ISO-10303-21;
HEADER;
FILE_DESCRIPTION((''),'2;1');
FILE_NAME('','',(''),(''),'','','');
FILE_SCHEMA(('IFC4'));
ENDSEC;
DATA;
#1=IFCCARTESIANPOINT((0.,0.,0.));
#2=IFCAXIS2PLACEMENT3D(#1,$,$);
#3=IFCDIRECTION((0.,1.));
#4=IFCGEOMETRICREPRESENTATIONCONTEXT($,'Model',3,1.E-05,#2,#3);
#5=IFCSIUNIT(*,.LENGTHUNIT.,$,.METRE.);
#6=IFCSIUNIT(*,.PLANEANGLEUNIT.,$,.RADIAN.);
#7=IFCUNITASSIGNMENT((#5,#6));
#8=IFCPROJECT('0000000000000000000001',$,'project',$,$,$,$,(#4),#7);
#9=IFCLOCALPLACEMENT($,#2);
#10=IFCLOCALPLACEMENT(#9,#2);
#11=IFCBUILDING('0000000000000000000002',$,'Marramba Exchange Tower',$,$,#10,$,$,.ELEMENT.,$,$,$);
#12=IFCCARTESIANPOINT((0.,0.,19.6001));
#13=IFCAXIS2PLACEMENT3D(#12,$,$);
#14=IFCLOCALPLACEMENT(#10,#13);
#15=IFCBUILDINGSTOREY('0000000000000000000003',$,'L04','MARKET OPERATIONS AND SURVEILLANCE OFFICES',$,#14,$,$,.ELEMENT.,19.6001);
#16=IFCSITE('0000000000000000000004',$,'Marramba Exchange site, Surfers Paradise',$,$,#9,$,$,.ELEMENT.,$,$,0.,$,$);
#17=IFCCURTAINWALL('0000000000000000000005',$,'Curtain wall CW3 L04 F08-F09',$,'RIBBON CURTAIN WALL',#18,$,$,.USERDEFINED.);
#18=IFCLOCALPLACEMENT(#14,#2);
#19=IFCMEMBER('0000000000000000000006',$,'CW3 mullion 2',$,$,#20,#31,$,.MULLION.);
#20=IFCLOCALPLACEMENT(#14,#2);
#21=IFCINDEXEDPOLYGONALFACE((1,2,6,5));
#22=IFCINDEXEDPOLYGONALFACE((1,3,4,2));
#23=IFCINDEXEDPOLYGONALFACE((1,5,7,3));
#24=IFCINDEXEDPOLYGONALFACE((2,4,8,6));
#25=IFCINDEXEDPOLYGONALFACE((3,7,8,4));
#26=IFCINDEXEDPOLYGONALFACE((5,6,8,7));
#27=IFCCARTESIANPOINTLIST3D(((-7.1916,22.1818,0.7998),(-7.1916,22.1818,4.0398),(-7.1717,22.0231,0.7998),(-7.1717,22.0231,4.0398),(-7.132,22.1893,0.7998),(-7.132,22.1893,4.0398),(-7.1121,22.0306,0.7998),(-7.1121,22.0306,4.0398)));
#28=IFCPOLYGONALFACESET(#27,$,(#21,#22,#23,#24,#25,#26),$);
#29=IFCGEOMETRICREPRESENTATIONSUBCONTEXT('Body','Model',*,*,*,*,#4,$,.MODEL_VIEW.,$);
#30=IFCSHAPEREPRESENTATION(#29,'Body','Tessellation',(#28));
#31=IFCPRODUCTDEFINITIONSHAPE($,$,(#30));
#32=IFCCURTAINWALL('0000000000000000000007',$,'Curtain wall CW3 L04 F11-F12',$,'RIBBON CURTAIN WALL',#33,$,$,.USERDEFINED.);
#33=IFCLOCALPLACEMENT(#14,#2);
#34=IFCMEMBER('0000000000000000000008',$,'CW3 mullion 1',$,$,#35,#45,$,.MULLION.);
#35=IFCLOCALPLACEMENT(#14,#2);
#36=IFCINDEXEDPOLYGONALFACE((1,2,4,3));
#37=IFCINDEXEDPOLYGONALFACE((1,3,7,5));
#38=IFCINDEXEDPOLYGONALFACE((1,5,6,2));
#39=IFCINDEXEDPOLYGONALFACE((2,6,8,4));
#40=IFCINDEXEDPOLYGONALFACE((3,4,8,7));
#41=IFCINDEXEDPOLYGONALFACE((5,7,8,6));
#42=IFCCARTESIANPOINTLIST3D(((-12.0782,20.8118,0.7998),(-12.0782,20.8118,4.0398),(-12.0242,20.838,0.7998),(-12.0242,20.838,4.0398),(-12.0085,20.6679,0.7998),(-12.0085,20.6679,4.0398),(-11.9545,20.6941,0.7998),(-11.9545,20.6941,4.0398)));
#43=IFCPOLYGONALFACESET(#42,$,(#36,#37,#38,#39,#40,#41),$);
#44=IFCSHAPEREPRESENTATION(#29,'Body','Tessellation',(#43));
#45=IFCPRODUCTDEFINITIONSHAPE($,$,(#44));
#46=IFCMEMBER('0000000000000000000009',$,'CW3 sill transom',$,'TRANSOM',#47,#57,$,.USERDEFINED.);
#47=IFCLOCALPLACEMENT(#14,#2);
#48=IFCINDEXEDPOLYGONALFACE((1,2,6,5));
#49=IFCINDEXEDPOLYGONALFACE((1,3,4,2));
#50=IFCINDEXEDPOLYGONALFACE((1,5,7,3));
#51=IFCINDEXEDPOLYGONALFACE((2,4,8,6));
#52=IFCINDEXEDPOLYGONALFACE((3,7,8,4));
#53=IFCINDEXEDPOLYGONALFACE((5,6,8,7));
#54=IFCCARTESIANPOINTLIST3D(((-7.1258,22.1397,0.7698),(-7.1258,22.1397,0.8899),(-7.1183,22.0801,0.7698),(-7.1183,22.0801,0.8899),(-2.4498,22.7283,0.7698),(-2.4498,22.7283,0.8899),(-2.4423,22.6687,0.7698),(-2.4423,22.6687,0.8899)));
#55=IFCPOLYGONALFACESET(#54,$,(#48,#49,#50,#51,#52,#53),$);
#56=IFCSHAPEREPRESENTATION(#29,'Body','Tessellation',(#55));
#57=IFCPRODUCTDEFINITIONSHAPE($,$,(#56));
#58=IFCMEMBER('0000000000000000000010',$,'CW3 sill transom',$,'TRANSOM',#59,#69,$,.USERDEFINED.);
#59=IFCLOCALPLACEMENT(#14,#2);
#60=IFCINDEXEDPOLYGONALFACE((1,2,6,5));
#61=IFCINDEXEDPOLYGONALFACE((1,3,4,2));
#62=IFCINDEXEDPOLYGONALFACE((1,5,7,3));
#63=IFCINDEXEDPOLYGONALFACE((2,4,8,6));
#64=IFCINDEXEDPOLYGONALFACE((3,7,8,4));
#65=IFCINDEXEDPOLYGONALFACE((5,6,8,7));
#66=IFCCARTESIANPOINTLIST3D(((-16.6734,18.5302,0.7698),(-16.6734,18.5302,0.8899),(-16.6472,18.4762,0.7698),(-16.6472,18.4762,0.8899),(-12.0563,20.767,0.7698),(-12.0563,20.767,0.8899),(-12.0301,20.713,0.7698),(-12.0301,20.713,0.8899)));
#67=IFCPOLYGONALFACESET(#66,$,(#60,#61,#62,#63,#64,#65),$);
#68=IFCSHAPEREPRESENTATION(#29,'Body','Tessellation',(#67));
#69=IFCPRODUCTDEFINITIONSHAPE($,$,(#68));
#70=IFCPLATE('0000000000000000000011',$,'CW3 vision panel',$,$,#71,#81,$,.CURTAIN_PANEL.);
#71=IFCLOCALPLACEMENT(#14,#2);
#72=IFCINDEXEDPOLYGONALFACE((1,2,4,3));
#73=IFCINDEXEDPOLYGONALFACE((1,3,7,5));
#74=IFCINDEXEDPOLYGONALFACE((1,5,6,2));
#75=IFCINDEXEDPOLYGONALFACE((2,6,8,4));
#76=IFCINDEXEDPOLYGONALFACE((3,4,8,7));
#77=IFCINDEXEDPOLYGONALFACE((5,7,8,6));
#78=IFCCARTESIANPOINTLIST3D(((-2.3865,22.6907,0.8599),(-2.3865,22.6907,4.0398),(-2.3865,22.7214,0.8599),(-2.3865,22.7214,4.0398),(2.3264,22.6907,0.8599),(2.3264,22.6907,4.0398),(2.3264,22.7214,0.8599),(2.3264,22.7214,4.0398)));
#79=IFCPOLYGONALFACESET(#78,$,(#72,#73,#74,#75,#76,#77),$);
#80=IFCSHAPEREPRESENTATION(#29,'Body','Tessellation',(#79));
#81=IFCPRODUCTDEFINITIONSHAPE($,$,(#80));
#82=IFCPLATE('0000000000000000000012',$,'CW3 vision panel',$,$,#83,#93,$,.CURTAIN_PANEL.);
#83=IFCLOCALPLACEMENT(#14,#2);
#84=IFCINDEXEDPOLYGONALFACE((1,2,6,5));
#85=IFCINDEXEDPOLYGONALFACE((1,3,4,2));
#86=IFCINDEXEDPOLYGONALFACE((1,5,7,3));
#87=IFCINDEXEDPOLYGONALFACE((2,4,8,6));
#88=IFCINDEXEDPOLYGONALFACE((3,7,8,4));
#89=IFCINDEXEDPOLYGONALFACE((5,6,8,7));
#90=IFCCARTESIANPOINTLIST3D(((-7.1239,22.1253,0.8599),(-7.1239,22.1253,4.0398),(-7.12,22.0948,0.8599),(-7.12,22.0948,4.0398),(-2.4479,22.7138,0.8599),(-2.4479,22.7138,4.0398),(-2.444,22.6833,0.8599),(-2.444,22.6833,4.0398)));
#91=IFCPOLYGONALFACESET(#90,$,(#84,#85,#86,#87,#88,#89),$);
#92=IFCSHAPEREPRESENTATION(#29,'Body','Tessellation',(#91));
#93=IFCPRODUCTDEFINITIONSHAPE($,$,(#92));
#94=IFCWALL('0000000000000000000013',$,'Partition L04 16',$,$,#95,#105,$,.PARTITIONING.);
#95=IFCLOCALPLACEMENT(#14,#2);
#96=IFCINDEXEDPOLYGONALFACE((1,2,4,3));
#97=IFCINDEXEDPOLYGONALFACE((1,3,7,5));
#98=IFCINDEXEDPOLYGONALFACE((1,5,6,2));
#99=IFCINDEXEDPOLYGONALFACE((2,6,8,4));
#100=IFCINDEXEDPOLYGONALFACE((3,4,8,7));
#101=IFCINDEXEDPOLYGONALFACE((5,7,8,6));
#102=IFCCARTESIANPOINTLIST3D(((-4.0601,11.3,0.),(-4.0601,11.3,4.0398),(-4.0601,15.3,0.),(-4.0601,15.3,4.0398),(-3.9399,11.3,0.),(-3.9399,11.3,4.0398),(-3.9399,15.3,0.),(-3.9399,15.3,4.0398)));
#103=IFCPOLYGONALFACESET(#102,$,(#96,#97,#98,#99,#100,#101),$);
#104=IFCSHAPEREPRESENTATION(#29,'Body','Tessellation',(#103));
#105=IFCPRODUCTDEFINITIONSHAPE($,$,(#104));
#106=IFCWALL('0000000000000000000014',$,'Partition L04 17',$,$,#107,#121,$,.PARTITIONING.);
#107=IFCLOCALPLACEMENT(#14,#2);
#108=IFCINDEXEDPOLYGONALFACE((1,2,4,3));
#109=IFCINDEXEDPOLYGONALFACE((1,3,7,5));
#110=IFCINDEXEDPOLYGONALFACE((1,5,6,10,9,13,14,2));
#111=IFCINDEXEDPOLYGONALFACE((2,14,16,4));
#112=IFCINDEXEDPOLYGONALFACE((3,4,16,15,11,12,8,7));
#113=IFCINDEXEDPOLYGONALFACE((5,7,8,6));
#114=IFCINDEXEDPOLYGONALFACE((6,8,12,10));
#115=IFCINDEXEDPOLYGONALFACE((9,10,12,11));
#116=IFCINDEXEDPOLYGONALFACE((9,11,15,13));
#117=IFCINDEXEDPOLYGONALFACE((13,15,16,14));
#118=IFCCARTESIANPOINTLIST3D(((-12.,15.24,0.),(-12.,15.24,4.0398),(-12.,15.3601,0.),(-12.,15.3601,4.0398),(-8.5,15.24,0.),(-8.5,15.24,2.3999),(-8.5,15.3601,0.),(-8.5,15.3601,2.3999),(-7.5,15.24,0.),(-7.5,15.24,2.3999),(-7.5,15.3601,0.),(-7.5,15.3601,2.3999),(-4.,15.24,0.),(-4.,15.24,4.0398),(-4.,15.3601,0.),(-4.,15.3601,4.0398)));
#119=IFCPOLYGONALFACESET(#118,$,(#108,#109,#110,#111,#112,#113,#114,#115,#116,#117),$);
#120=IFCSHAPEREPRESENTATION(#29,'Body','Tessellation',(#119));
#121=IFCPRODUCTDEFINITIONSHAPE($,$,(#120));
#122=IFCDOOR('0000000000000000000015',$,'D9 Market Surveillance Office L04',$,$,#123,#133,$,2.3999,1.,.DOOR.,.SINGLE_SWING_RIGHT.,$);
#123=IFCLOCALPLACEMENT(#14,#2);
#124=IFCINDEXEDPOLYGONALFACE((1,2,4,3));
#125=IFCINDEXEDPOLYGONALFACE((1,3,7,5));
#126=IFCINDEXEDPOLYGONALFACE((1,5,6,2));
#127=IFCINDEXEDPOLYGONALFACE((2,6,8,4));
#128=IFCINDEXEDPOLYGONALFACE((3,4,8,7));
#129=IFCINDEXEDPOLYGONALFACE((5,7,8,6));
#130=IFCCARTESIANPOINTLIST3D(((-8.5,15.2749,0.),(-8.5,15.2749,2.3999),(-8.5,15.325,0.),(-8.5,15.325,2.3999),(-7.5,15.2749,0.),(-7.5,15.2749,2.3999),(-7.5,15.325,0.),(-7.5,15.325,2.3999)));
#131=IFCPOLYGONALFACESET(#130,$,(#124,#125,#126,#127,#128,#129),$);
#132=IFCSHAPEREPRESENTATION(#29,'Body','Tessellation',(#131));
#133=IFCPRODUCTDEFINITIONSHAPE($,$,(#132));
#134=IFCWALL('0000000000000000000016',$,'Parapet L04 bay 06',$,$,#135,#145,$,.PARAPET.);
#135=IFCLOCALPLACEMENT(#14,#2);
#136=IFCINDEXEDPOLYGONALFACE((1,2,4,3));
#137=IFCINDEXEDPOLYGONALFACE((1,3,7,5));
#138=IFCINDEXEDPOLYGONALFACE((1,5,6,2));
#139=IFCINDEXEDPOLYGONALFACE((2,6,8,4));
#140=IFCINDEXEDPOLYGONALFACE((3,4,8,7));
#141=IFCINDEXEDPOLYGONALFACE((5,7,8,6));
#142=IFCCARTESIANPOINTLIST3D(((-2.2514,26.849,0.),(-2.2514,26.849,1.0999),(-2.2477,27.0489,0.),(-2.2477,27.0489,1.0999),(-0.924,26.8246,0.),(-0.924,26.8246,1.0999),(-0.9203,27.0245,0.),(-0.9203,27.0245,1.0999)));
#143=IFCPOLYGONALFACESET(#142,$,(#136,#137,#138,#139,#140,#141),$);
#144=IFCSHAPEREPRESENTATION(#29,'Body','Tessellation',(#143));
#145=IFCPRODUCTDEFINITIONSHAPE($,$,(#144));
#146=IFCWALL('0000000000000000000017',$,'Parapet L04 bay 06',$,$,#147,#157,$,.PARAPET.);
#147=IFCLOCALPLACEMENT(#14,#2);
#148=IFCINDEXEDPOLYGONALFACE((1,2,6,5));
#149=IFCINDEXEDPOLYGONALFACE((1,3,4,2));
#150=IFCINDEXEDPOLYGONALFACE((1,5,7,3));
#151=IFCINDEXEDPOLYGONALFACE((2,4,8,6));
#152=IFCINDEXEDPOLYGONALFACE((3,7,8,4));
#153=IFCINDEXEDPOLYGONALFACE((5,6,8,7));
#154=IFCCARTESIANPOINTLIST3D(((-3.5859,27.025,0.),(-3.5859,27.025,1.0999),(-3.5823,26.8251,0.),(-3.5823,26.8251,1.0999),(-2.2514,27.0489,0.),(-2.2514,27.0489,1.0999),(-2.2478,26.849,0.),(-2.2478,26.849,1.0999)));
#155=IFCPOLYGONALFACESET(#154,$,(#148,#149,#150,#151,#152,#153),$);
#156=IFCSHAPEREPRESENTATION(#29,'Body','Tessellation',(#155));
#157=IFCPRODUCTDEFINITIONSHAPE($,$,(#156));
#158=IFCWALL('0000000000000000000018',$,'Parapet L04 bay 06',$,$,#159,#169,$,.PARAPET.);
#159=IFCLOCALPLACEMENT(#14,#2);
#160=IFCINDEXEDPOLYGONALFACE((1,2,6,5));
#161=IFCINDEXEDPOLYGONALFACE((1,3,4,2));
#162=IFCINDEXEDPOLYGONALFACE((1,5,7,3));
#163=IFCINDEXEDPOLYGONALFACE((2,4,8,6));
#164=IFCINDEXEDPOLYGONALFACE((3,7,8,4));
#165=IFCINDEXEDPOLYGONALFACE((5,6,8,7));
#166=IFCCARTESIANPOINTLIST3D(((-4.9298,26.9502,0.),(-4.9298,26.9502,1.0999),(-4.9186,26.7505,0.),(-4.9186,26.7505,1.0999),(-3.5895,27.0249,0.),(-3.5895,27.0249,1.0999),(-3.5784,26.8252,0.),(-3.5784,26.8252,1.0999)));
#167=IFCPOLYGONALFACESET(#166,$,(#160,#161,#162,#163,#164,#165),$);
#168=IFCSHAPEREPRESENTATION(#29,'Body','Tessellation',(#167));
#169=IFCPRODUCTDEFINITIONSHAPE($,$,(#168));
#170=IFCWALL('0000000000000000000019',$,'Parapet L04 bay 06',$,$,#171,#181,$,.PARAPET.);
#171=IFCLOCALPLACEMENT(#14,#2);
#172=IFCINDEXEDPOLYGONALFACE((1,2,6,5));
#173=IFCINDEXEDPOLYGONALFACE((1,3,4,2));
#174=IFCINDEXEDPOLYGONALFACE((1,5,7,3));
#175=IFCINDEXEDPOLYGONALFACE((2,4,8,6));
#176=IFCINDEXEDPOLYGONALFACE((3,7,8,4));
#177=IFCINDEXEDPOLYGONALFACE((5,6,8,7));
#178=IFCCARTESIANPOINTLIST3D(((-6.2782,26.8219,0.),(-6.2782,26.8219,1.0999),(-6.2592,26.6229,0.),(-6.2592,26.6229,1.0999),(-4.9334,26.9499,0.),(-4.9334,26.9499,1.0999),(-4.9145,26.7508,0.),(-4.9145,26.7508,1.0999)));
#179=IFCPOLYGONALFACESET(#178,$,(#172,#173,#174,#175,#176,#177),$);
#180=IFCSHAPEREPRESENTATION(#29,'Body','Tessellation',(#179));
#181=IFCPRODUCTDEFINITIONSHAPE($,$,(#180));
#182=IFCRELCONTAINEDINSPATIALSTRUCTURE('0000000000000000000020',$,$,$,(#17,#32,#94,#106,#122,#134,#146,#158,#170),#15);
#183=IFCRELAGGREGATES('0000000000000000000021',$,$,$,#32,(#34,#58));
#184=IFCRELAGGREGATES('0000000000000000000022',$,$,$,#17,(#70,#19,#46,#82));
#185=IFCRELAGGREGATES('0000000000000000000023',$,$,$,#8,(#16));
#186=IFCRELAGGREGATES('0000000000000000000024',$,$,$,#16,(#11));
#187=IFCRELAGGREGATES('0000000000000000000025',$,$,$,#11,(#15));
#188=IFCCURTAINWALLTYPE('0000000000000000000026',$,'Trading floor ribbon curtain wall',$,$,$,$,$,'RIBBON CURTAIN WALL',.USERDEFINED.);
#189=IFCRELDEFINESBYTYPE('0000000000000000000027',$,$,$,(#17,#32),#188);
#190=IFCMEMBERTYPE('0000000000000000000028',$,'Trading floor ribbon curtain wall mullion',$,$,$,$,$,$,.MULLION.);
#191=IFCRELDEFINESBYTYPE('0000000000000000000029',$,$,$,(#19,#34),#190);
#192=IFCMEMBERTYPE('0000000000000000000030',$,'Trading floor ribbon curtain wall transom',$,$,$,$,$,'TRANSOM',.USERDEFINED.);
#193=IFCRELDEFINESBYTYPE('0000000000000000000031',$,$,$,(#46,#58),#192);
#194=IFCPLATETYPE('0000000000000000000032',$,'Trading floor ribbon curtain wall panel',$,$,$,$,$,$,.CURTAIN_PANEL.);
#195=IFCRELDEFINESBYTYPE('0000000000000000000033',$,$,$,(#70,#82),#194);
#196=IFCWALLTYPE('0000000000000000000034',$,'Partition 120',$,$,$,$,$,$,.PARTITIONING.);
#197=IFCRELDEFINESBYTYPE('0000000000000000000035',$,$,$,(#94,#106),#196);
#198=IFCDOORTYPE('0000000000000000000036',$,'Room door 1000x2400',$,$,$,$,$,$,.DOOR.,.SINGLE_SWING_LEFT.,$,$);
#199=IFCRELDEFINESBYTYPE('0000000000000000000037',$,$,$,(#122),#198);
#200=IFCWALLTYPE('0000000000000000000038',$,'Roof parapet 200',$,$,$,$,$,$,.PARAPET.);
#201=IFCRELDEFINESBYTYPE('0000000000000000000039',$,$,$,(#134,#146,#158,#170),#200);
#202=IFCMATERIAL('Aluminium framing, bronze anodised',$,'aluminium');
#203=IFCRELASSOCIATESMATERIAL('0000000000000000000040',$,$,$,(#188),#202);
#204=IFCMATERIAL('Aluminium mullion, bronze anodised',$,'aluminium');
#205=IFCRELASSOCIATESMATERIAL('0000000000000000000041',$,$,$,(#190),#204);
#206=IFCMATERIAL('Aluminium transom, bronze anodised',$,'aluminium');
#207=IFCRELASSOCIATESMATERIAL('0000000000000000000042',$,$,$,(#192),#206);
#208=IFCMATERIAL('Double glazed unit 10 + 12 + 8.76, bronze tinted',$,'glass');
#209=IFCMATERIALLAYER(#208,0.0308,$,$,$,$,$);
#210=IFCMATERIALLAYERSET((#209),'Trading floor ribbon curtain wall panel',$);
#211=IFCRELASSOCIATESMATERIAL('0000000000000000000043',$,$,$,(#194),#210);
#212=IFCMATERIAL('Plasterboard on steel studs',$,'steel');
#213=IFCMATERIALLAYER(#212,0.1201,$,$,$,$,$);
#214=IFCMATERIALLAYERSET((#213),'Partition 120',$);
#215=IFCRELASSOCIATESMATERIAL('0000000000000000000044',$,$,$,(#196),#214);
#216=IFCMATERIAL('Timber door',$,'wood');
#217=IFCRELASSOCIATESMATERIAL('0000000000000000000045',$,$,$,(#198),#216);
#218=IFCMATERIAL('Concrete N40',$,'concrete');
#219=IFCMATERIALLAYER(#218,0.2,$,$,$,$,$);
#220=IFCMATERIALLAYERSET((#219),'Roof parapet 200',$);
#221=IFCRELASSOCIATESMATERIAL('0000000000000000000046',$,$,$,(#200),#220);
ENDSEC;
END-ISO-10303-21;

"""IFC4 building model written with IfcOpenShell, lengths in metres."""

from ifc_helpers import new_model, si_unit, direction, frame, frame_2d, origin, origin_2d, place, context, subcontext, project, spatial, rectangle, extrude, material, layer, layer_set, material_profile, profile_set, type_object, element, fill, aggregate, save


model = new_model("IFC4")

# Units and contexts
model_context = context("Model", 3, precision=1e-05, world=origin(), true_north=direction((0.0, 1.0)))
body_context = subcontext(model_context, "Body", "Model", "MODEL_VIEW")
ifc_project = project(units=[si_unit("LENGTHUNIT", "METRE"), si_unit("PLANEANGLEUNIT", "RADIAN")], contexts=[model_context])

# Site, building, storey
site_placement = place(None, origin())
site = spatial("IfcSite", under=ifc_project, at=site_placement, Name="Marramba Exchange site, Surfers Paradise", CompositionType="ELEMENT", RefElevation=0.0)
building_placement = place(site_placement, origin())
building = spatial("IfcBuilding", under=site, at=building_placement, Name="Marramba Exchange Tower", CompositionType="ELEMENT")
storey_placement = place(building_placement, frame((0.0, 0.0, 19.6001)))
storey = spatial("IfcBuildingStorey", under=building, at=storey_placement, Name="L04", Description="MARKET OPERATIONS AND SURVEILLANCE OFFICES", CompositionType="ELEMENT", Elevation=19.6001)

# Curtain wall, member
ifc_material_1 = material(Name="Aluminium framing, bronze anodised", Category="aluminium")
curtain_wall_type = type_object("IfcCurtainWallType", Name="Trading floor ribbon curtain wall", ElementType="RIBBON CURTAIN WALL", PredefinedType="USERDEFINED", material=ifc_material_1)
curtain_wall_1_placement = place(storey_placement, origin())
curtain_wall_1 = element("IfcCurtainWall", 1, at=curtain_wall_1_placement, inside=storey, type_object=curtain_wall_type, Name="Curtain wall CW3 L04 F08-F09", ObjectType="RIBBON CURTAIN WALL", PredefinedType="USERDEFINED")
ifc_material_2 = material(Name="Aluminium mullion, bronze anodised", Category="aluminium")
ifc_material_profile_1 = material_profile(ifc_material_2, rectangle(XDim=0.1599, YDim=0.0601, at=origin_2d()), Name="CW3 mullion 60x160")
ifc_profile_set_1 = profile_set([ifc_material_profile_1], Name="Aluminium mullion, bronze anodised")
member_type_1 = type_object("IfcMemberType", Name="Trading floor ribbon curtain wall mullion", PredefinedType="MULLION", material=ifc_profile_set_1)
member_1_placement = place(storey_placement, frame((-7.1519, 22.1062, 0.7998), z_axis=(0.0, 0.0, 1.0), x_axis=(0.124873, -0.992173, 0.0)))
member_1 = element("IfcMember", 2, at=member_1_placement, type_object=member_type_1, Name="CW3 mullion 2", PredefinedType="MULLION", context=body_context, shape_type="SweptSolid", body=[
    extrude(rectangle(XDim=0.1599, YDim=0.0601, at=origin_2d()), origin(), (0.0, 0.0, 1.0), 3.24),
])

# Curtain wall, member
curtain_wall_2_placement = place(storey_placement, origin())
curtain_wall_2 = element("IfcCurtainWall", 3, at=curtain_wall_2_placement, inside=storey, type_object=curtain_wall_type, Name="Curtain wall CW3 L04 F11-F12", ObjectType="RIBBON CURTAIN WALL", PredefinedType="USERDEFINED")
member_2_placement = place(storey_placement, frame((-12.0164, 20.7529, 0.7998), z_axis=(0.0, 0.0, 1.0), x_axis=(0.435965, -0.899963, 0.0)))
member_2 = element("IfcMember", 4, at=member_2_placement, type_object=member_type_1, Name="CW3 mullion 1", PredefinedType="MULLION", context=body_context, shape_type="SweptSolid", body=[
    extrude(rectangle(XDim=0.1599, YDim=0.0601, at=origin_2d()), origin(), (0.0, 0.0, 1.0), 3.24),
])

# Members
ifc_material_3 = material(Name="Aluminium transom, bronze anodised", Category="aluminium")
ifc_material_profile_2 = material_profile(ifc_material_3, rectangle(XDim=0.0601, YDim=0.1201, at=origin_2d()), Name="CW3 transom 60x120")
ifc_profile_set_2 = profile_set([ifc_material_profile_2], Name="Aluminium transom, bronze anodised")
member_type_2 = type_object("IfcMemberType", Name="Trading floor ribbon curtain wall transom", ElementType="TRANSOM", PredefinedType="USERDEFINED", material=ifc_profile_set_2)
member_3_placement = place(storey_placement, frame((-2.446, 22.6985, 0.8298), z_axis=(-0.99217, -0.124895, 0.0), x_axis=(0.124895, -0.99217, 0.0)))
member_3 = element("IfcMember", 5, at=member_3_placement, type_object=member_type_2, Name="CW3 sill transom", ObjectType="TRANSOM", PredefinedType="USERDEFINED", context=body_context, shape_type="SweptSolid", body=[
    extrude(rectangle(XDim=0.0601, YDim=0.1201, at=origin_2d()), origin(), (0.0, 0.0, 1.0), 4.7129),
])
member_4_placement = place(storey_placement, frame((-12.0432, 20.74, 0.8298), z_axis=(-0.899953, -0.435986, 0.0), x_axis=(0.435986, -0.899953, 0.0)))
member_4 = element("IfcMember", 6, at=member_4_placement, type_object=member_type_2, Name="CW3 sill transom", ObjectType="TRANSOM", PredefinedType="USERDEFINED", context=body_context, shape_type="SweptSolid", body=[
    extrude(rectangle(XDim=0.0601, YDim=0.1201, at=origin_2d()), origin(), (0.0, 0.0, 1.0), 5.1304),
])
aggregate(curtain_wall_2, [member_2, member_4])

# Plates
ifc_material_4 = material(Name="Double glazed unit 10 + 12 + 8.76, bronze tinted", Category="glass")
ifc_layer_1 = layer(ifc_material_4, 0.0308)
ifc_layer_set_1 = layer_set([ifc_layer_1], Name="Trading floor ribbon curtain wall panel")
plate_type = type_object("IfcPlateType", Name="Trading floor ribbon curtain wall panel", PredefinedType="CURTAIN_PANEL", material=ifc_layer_set_1)
plate_1_placement = place(storey_placement, frame((-0.03, 22.7061, 0.8599), z_axis=(0.0, 0.0, 1.0), x_axis=(-1.0, 0.0, 0.0)))
plate_1 = element("IfcPlate", 7, at=plate_1_placement, type_object=plate_type, Name="CW3 vision panel", PredefinedType="CURTAIN_PANEL", context=body_context, shape_type="SweptSolid", body=[
    extrude(rectangle(XDim=4.7129, YDim=0.0308, at=origin_2d()), origin(), (0.0, 0.0, 1.0), 3.1799),
])
plate_2_placement = place(storey_placement, frame((-4.7839, 22.4043, 0.8599), z_axis=(0.0, 0.0, 1.0), x_axis=(-0.992173, -0.124873, 0.0)))
plate_2 = element("IfcPlate", 8, at=plate_2_placement, type_object=plate_type, Name="CW3 vision panel", PredefinedType="CURTAIN_PANEL", context=body_context, shape_type="SweptSolid", body=[
    extrude(rectangle(XDim=4.7129, YDim=0.0308, at=origin_2d()), origin(), (0.0, 0.0, 1.0), 3.1799),
])
aggregate(curtain_wall_1, [plate_1, member_1, member_3, plate_2])

# Wall
ifc_material_5 = material(Name="Plasterboard on steel studs", Category="steel")
ifc_layer_2 = layer(ifc_material_5, 0.1201)
ifc_layer_set_2 = layer_set([ifc_layer_2], Name="Partition 120")
wall_type_1 = type_object("IfcWallType", Name="Partition 120", PredefinedType="PARTITIONING", material=ifc_layer_set_2)
wall_1_placement = place(storey_placement, frame((-4.0, 15.3, 0.0), z_axis=(0.0, 0.0, 1.0), x_axis=(0.0, -1.0, 0.0)))
element("IfcWall", 9, at=wall_1_placement, inside=storey, type_object=wall_type_1, Name="Partition L04 16", PredefinedType="PARTITIONING", context=body_context, shape_type="SweptSolid", body=[
    extrude(rectangle(XDim=4.0, YDim=0.1201, at=frame_2d((2.0, 0.0))), origin(), (0.0, 0.0, 1.0), 4.0398),
])

# Wall, opening, door
wall_2_placement = place(storey_placement, frame((-12.0, 15.3, 0.0), z_axis=(0.0, 0.0, 1.0), x_axis=(1.0, 0.0, 0.0)))
wall_2 = element("IfcWall", 10, at=wall_2_placement, inside=storey, type_object=wall_type_1, Name="Partition L04 17", PredefinedType="PARTITIONING", context=body_context, shape_type="SweptSolid", body=[
    extrude(rectangle(XDim=8.0, YDim=0.1201, at=frame_2d((4.0, 0.0))), origin(), (0.0, 0.0, 1.0), 4.0398),
])
opening_1_placement = place(wall_2_placement, frame((3.5, 0.0, 0.0)))
opening_1 = element("IfcOpeningElement", 11, at=opening_1_placement, cuts=wall_2, PredefinedType="OPENING", context=body_context, shape_type="SweptSolid", body=[
    extrude(rectangle(XDim=1.0, YDim=2.3999, at=frame_2d((0.5, 1.2))), frame((0.0, 0.0701, 0.0), z_axis=(0.0, -1.0, 0.0), x_axis=(1.0, 0.0, 0.0)), (0.0, 0.0, 1.0), 0.1401),
])
ifc_material_6 = material(Name="Timber door", Category="wood")
door_type_1 = type_object("IfcDoorType", Name="Room door 1000x2400", OperationType="SINGLE_SWING_LEFT", PredefinedType="DOOR", material=ifc_material_6)
door_1_placement = place(opening_1_placement, frame((1.0, 0.0, 0.0), z_axis=(0.0, 0.0, 1.0), x_axis=(-1.0, 0.0, 0.0)))
door_1 = element("IfcDoor", 12, at=door_1_placement, inside=storey, type_object=door_type_1, Name="D9 Market Surveillance Office L04", OperationType="SINGLE_SWING_RIGHT", OverallHeight=2.3999, OverallWidth=1.0, PredefinedType="DOOR", context=body_context, shape_type="SweptSolid", body=[
    extrude(rectangle(XDim=1.0, YDim=2.3999, at=frame_2d((0.5, 1.2))), frame((0.0, 0.0251, 0.0), z_axis=(0.0, -1.0, 0.0), x_axis=(1.0, 0.0, 0.0)), (0.0, 0.0, 1.0), 0.05),
])
fill(opening_1, door_1)

# Walls
ifc_material_7 = material(Name="Concrete N40", Category="concrete")
ifc_layer_3 = layer(ifc_material_7, 0.2)
ifc_layer_set_3 = layer_set([ifc_layer_3], Name="Roof parapet 200")
wall_type_2 = type_object("IfcWallType", Name="Roof parapet 200", PredefinedType="PARAPET", material=ifc_layer_set_3)
wall_3_placement = place(storey_placement, frame((-0.9221, 26.9246, 0.0), z_axis=(0.0, 0.0, 1.0), x_axis=(-0.999831, 0.018389, 0.0)))
element("IfcWall", 13, at=wall_3_placement, inside=storey, type_object=wall_type_2, Name="Parapet L04 bay 06", PredefinedType="PARAPET", context=body_context, shape_type="SweptSolid", body=[
    extrude(rectangle(XDim=1.3276, YDim=0.2, at=frame_2d((0.6638, 0.0))), origin(), (0.0, 0.0, 1.0), 1.0999),
])
wall_4_placement = place(storey_placement, frame((-2.2495, 26.949, 0.0), z_axis=(0.0, 0.0, 1.0), x_axis=(-0.999839, -0.017926, 0.0)))
element("IfcWall", 14, at=wall_4_placement, inside=storey, type_object=wall_type_2, Name="Parapet L04 bay 06", PredefinedType="PARAPET", context=body_context, shape_type="SweptSolid", body=[
    extrude(rectangle(XDim=1.3347, YDim=0.2, at=frame_2d((0.6675, 0.0))), origin(), (0.0, 0.0, 1.0), 1.0999),
])
wall_5_placement = place(storey_placement, frame((-3.584, 26.925, 0.0), z_axis=(0.0, 0.0, 1.0), x_axis=(-0.99845, -0.055661, 0.0)))
element("IfcWall", 15, at=wall_5_placement, inside=storey, type_object=wall_type_2, Name="Parapet L04 bay 06", PredefinedType="PARAPET", context=body_context, shape_type="SweptSolid", body=[
    extrude(rectangle(XDim=1.3423, YDim=0.2, at=frame_2d((0.6711, 0.0))), origin(), (0.0, 0.0, 1.0), 1.0999),
])
wall_6_placement = place(storey_placement, frame((-4.9241, 26.8503, 0.0), z_axis=(0.0, 0.0, 1.0), x_axis=(-0.995505, -0.094707, 0.0)))
element("IfcWall", 16, at=wall_6_placement, inside=storey, type_object=wall_type_2, Name="Parapet L04 bay 06", PredefinedType="PARAPET", context=body_context, shape_type="SweptSolid", body=[
    extrude(rectangle(XDim=1.3508, YDim=0.2, at=frame_2d((0.6753, 0.0))), origin(), (0.0, 0.0, 1.0), 1.0999),
])

save(model, "model.ifc")
